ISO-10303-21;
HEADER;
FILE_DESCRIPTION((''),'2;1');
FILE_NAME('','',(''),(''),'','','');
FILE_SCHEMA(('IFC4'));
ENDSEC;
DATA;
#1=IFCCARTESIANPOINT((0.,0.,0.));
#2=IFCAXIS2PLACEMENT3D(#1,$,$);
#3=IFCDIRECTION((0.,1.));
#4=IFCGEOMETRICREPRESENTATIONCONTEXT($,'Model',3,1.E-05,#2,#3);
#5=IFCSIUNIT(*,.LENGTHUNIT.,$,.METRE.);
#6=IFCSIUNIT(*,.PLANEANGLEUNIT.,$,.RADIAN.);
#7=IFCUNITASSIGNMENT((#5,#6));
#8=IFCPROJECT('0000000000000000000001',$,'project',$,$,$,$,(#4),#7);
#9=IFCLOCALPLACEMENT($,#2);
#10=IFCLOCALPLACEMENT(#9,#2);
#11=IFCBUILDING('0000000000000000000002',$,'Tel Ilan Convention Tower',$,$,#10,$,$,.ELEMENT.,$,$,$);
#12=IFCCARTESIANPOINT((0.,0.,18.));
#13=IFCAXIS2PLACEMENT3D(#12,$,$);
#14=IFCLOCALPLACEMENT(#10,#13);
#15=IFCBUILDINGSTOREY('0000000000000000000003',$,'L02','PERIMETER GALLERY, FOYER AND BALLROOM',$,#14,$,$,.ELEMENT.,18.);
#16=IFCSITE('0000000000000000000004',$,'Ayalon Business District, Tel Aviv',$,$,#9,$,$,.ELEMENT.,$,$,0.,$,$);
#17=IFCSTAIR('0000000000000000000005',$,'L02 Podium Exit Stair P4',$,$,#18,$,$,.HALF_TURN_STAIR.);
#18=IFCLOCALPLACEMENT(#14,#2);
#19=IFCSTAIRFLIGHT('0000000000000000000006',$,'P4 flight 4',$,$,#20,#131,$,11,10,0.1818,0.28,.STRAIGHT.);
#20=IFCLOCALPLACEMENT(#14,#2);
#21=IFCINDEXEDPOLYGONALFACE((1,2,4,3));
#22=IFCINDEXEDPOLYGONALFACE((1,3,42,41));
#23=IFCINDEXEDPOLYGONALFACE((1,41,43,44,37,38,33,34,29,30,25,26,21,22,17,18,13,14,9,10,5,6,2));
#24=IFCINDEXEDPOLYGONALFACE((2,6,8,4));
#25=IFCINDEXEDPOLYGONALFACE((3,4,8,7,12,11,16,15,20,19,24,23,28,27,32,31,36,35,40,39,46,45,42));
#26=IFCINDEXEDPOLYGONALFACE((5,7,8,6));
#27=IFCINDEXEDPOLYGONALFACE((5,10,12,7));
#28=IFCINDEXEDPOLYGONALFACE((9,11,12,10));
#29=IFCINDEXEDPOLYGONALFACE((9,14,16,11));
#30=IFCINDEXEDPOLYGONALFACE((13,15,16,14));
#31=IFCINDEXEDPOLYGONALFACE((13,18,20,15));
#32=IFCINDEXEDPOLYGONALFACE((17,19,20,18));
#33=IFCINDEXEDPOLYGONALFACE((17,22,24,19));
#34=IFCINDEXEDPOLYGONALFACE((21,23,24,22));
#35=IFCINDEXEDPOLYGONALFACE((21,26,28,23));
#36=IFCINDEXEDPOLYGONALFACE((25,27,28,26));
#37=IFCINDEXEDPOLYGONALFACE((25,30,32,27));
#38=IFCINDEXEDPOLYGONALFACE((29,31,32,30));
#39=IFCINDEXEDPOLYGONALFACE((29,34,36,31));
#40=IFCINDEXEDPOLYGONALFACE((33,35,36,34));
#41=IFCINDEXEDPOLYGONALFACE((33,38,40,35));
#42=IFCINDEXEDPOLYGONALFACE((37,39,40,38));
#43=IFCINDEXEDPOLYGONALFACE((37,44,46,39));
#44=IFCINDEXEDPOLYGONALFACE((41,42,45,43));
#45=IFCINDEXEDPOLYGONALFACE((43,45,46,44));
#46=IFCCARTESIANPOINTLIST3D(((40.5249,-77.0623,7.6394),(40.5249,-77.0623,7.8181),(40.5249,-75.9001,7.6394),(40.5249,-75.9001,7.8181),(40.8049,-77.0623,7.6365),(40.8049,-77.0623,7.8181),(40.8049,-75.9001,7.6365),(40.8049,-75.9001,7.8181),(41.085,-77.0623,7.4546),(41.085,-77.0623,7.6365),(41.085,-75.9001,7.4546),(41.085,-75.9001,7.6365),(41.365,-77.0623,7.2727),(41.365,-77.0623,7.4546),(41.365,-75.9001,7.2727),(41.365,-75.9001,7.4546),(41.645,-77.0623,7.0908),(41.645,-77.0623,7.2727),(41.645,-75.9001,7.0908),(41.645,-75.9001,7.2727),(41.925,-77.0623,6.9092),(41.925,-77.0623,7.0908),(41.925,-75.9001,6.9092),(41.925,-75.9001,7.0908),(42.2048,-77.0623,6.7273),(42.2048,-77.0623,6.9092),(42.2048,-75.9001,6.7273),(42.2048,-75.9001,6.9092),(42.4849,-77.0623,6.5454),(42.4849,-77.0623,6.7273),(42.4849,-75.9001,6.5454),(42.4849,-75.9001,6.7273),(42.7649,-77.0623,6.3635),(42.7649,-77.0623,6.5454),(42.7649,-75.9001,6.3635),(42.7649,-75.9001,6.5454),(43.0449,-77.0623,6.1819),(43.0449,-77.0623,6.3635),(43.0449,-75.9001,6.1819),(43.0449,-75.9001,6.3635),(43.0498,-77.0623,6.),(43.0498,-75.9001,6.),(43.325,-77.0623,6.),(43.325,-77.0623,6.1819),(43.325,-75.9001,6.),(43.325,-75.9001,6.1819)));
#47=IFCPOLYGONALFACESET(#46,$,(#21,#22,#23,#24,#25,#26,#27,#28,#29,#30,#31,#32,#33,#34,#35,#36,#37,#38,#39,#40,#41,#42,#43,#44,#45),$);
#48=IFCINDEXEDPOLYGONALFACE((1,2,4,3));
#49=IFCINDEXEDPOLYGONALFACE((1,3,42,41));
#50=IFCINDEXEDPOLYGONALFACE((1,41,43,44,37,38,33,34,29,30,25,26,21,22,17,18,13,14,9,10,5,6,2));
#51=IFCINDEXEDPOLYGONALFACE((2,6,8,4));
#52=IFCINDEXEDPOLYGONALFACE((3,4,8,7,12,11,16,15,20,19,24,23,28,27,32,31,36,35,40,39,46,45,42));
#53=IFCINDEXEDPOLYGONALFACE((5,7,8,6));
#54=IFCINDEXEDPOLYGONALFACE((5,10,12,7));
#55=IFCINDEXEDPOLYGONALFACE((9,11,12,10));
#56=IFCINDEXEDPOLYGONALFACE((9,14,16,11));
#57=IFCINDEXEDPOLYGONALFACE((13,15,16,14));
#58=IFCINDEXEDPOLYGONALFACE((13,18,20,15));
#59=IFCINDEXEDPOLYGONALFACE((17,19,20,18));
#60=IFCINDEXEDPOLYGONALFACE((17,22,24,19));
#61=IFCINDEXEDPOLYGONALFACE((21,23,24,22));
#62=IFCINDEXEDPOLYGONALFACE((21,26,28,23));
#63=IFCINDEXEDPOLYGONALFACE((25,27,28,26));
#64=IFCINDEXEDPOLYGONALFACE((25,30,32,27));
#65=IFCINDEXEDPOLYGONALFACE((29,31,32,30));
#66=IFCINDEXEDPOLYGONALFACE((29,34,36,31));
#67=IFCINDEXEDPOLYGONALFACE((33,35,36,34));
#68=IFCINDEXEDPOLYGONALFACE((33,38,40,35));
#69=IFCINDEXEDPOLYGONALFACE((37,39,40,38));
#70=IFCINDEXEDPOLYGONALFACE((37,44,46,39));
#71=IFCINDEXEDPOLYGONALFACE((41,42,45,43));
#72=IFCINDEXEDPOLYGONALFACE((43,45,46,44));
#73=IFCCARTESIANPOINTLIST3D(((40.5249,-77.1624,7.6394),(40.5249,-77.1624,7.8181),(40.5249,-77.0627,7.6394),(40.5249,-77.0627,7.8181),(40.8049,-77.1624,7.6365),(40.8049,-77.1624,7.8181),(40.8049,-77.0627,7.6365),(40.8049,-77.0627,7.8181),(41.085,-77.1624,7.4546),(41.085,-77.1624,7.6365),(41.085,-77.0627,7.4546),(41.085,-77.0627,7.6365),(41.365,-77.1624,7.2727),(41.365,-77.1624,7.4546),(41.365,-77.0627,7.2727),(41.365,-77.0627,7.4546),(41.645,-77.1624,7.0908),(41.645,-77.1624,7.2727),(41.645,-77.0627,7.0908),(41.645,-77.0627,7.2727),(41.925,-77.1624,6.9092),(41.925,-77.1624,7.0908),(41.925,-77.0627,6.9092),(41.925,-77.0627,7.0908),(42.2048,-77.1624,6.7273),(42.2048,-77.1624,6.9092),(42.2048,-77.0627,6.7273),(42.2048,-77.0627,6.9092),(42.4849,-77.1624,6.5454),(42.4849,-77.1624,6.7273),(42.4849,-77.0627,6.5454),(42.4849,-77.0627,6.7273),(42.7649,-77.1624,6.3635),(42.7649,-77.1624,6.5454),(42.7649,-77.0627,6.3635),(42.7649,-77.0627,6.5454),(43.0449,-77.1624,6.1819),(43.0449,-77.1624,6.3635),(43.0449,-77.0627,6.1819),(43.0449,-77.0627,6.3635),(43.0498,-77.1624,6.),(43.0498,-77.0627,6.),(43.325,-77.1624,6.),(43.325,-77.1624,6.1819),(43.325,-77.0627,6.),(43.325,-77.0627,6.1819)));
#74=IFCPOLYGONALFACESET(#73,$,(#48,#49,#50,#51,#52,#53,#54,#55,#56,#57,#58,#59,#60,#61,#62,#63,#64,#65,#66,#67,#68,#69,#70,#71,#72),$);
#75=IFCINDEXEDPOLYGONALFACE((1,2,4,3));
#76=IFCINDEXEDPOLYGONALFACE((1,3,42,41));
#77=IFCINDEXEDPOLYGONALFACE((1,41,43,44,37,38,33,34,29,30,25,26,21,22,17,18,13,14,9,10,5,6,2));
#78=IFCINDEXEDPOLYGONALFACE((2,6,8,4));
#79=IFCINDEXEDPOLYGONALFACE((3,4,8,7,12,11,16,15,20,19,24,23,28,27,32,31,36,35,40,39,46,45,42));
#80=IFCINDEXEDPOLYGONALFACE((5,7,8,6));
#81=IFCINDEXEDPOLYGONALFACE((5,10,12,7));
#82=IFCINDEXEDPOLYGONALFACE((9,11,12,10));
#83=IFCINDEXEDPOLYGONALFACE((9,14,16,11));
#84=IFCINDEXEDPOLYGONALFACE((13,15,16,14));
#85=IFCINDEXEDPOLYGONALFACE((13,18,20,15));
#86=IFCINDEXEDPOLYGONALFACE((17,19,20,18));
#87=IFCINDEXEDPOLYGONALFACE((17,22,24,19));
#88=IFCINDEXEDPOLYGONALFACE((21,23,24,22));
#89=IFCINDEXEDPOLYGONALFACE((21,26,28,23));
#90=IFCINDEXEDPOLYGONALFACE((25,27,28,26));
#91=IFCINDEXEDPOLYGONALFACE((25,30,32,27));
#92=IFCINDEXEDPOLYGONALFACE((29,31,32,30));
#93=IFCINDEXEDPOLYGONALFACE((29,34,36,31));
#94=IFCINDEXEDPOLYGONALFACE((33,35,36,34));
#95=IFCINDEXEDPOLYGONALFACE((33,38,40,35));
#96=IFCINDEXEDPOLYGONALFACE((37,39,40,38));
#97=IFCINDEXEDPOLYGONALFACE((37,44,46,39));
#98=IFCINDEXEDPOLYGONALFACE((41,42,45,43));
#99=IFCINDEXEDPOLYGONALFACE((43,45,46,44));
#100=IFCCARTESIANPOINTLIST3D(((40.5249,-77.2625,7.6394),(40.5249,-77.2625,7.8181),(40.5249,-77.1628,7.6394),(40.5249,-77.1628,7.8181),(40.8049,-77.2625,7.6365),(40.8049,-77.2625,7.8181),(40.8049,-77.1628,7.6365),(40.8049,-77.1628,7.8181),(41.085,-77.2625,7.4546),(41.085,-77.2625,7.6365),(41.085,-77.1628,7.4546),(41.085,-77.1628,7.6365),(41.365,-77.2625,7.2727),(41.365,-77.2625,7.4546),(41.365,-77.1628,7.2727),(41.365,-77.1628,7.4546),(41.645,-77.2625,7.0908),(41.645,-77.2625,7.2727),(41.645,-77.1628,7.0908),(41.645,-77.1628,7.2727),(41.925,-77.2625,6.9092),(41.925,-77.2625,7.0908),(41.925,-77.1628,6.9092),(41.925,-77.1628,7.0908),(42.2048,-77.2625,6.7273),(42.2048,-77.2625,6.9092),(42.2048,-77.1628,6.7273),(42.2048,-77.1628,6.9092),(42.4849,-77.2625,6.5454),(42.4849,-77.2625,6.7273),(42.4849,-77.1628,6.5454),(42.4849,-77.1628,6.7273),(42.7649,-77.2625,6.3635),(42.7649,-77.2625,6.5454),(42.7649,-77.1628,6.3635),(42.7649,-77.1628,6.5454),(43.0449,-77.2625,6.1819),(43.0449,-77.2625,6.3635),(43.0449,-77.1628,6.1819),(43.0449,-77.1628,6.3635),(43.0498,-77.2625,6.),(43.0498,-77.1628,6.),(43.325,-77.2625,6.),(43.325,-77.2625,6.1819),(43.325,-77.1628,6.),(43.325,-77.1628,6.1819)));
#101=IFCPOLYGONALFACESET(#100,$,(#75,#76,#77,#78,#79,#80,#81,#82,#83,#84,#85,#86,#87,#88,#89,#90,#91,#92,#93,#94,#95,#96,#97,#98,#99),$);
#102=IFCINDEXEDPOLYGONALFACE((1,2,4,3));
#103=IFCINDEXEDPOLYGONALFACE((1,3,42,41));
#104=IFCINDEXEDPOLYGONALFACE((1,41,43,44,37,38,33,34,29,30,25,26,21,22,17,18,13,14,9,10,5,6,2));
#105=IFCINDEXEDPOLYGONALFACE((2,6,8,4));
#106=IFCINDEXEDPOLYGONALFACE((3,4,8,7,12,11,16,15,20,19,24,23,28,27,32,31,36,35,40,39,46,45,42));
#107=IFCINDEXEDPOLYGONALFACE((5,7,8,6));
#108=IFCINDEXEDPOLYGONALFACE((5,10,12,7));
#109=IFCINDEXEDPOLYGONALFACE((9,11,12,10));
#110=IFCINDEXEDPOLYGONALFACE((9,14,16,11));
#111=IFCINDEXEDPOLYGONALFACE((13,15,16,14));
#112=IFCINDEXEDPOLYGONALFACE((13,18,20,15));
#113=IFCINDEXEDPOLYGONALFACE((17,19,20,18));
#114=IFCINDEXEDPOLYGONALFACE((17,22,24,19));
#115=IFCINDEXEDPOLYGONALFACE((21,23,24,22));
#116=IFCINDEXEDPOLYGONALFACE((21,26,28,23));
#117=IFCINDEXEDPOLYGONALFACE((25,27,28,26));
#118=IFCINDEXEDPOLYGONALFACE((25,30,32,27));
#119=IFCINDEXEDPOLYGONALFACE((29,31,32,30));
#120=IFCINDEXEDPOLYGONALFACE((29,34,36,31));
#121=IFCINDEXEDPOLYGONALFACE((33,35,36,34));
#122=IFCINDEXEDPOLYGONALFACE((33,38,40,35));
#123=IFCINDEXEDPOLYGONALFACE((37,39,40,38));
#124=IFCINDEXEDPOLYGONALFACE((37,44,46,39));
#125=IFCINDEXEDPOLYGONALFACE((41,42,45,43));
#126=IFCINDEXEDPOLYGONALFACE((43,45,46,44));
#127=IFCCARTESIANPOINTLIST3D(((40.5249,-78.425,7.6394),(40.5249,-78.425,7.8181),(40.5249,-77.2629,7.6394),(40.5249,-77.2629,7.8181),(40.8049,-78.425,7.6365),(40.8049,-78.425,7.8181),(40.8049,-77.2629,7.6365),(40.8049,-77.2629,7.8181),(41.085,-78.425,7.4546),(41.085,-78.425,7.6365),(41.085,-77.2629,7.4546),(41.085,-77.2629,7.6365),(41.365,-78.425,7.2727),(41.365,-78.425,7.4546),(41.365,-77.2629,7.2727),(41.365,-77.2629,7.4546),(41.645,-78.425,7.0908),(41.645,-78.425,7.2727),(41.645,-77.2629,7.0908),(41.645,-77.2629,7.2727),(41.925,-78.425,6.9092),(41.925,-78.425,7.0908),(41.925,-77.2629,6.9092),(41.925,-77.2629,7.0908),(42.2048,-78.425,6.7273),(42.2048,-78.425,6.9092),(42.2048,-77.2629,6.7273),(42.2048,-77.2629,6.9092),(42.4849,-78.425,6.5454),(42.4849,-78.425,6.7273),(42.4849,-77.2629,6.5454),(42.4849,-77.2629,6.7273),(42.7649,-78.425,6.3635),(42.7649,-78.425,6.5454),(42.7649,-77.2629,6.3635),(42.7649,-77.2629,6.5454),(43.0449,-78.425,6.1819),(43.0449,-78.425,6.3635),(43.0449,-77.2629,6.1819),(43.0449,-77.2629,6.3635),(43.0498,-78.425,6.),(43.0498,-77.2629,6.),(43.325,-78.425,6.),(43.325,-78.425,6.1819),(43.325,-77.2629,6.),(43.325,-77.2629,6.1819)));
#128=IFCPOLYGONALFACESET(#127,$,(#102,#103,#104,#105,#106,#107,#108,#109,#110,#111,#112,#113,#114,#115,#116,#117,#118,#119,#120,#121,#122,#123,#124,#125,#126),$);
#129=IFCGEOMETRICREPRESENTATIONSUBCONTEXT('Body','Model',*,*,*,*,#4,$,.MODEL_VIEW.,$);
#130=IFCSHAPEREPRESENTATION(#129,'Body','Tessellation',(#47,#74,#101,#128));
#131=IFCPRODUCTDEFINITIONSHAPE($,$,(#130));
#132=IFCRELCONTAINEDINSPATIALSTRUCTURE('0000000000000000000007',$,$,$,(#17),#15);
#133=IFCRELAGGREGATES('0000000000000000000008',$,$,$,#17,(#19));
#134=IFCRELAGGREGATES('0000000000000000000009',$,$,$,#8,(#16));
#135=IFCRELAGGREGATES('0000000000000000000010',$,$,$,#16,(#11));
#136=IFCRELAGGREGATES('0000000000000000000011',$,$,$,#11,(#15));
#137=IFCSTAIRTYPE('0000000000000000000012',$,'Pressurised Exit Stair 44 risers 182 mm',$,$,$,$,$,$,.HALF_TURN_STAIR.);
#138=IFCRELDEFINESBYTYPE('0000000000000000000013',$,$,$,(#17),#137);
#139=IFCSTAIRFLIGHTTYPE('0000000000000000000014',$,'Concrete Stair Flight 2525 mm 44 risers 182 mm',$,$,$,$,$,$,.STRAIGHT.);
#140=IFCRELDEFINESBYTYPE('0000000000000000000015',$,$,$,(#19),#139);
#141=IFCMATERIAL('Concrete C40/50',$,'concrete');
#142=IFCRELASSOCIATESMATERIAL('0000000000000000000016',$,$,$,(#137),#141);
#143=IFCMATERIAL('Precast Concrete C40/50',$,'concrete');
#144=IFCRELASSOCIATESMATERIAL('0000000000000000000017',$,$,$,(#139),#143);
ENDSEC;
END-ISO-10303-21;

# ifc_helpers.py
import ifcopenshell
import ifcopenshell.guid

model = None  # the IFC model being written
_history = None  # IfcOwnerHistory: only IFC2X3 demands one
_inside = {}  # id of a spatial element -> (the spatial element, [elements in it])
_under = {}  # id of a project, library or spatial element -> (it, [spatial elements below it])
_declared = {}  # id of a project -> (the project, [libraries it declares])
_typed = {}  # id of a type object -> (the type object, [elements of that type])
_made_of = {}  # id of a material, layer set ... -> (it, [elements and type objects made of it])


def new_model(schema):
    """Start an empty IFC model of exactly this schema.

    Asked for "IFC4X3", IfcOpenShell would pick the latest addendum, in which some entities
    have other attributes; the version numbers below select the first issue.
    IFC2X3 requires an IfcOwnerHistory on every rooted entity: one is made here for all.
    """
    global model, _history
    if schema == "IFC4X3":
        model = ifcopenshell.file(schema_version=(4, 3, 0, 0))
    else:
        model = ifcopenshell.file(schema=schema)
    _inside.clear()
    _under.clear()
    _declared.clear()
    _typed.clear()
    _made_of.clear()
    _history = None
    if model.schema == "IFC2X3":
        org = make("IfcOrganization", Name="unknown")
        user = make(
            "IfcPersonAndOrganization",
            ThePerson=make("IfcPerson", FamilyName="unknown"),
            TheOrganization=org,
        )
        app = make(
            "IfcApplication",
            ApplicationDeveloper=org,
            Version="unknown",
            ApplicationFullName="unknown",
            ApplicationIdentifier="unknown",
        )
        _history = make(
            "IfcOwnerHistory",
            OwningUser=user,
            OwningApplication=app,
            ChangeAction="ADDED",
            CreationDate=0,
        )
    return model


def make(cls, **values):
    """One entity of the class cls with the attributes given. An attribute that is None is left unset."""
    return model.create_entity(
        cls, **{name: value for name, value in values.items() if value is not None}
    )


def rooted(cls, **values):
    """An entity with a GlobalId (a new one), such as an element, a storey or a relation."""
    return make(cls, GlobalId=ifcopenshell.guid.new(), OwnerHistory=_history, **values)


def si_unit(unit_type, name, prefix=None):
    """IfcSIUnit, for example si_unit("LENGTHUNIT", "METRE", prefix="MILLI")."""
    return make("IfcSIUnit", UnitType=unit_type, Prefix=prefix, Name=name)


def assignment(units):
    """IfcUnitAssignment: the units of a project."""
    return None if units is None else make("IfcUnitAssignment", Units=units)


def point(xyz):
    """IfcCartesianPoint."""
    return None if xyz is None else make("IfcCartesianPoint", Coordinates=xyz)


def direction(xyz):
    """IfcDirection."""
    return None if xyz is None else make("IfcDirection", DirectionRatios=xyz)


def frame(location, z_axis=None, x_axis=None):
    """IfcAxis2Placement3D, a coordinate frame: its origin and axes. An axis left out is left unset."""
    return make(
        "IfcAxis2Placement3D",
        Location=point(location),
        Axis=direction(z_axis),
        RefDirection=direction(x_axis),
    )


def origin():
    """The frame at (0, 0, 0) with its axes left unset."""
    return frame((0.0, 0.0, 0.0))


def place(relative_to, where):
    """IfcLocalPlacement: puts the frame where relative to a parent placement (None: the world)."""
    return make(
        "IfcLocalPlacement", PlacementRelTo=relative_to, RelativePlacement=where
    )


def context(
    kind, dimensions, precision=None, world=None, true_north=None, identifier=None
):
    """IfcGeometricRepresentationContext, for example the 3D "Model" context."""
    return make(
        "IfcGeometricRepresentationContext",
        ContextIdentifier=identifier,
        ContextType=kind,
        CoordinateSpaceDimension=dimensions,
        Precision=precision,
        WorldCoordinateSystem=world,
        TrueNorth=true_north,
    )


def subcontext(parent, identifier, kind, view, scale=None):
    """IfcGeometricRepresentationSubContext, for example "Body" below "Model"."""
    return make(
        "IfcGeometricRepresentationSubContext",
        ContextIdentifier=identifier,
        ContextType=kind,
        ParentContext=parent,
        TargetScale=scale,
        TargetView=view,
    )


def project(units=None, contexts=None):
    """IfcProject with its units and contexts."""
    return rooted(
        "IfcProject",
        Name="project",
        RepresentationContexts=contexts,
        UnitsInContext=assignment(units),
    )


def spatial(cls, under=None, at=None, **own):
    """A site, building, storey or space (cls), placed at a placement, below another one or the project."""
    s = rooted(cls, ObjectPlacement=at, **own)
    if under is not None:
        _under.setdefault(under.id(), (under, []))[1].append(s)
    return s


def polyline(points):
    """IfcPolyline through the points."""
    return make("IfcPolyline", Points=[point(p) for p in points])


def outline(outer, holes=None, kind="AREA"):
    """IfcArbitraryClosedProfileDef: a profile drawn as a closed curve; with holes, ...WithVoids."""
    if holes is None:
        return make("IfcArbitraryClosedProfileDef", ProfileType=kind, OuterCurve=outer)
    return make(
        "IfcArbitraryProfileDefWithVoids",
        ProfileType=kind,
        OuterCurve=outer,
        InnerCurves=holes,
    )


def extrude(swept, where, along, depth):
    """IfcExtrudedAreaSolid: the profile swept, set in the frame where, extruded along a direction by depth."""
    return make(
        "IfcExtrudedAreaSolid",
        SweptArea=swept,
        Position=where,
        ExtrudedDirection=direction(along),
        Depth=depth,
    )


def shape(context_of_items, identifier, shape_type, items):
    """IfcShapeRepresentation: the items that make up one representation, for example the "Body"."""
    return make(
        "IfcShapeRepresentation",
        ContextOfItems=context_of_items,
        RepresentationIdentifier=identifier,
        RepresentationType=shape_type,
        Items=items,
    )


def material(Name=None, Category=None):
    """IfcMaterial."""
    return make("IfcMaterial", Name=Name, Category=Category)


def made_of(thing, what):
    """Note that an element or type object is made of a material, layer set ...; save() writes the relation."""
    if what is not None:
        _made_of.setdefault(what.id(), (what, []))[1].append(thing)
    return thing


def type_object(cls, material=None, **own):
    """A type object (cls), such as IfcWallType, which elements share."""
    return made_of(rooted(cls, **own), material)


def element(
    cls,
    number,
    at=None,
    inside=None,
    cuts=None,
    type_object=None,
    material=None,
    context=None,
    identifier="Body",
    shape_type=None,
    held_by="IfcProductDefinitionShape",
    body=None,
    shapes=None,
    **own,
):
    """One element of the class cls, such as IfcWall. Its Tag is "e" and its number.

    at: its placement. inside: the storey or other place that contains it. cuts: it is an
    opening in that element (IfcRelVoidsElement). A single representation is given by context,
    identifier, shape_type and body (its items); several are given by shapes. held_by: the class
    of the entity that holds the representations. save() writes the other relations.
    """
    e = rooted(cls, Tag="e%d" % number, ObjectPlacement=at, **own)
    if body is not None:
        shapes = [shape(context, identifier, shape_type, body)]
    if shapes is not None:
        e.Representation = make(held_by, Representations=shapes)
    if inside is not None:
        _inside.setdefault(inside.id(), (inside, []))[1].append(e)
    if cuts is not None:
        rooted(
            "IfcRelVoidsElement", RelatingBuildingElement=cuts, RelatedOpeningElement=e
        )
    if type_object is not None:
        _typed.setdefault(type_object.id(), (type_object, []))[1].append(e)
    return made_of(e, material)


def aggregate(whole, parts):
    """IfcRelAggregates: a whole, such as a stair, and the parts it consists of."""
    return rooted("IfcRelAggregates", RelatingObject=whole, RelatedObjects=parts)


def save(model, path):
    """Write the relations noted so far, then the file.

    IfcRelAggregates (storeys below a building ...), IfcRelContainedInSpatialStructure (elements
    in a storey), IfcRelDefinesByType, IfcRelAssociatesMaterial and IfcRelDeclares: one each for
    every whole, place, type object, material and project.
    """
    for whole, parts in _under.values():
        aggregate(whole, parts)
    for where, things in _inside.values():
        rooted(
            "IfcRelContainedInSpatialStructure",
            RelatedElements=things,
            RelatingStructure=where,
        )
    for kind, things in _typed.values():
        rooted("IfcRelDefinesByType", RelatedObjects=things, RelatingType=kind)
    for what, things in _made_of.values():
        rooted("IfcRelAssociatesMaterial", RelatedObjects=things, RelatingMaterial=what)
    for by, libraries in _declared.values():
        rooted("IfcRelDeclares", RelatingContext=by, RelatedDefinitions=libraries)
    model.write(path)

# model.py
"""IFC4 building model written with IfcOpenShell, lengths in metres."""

from ifc_helpers import new_model, si_unit, direction, frame, origin, place, context, subcontext, project, spatial, polyline, outline, extrude, material, type_object, element, aggregate, save


model = new_model("IFC4")

# Units and contexts
model_context = context("Model", 3, precision=1e-05, world=origin(), true_north=direction((0.0, 1.0)))
body_context = subcontext(model_context, "Body", "Model", "MODEL_VIEW")
ifc_project = project(units=[si_unit("LENGTHUNIT", "METRE"), si_unit("PLANEANGLEUNIT", "RADIAN")], contexts=[model_context])

# Site, building, storey
site_placement = place(None, origin())
site = spatial("IfcSite", under=ifc_project, at=site_placement, Name="Ayalon Business District, Tel Aviv", CompositionType="ELEMENT", RefElevation=0.0)
building_placement = place(site_placement, origin())
building = spatial("IfcBuilding", under=site, at=building_placement, Name="Tel Ilan Convention Tower", CompositionType="ELEMENT")
storey_placement = place(building_placement, frame((0.0, 0.0, 18.0)))
storey = spatial("IfcBuildingStorey", under=building, at=storey_placement, Name="L02", Description="PERIMETER GALLERY, FOYER AND BALLROOM", CompositionType="ELEMENT", Elevation=18.0)

# Stair, stair flight
ifc_material_1 = material(Name="Concrete C40/50", Category="concrete")
stair_type = type_object("IfcStairType", Name="Pressurised Exit Stair 44 risers 182 mm", PredefinedType="HALF_TURN_STAIR", material=ifc_material_1)
stair_1_placement = place(storey_placement, origin())
stair_1 = element("IfcStair", 1, at=stair_1_placement, inside=storey, type_object=stair_type, Name="L02 Podium Exit Stair P4", PredefinedType="HALF_TURN_STAIR")
ifc_material_2 = material(Name="Precast Concrete C40/50", Category="concrete")
stair_flight_type = type_object("IfcStairFlightType", Name="Concrete Stair Flight 2525 mm 44 risers 182 mm", PredefinedType="STRAIGHT", material=ifc_material_2)
stair_flight_1_placement = place(storey_placement, frame((43.325, -77.1626, 6.0), z_axis=(0.0, 0.0, 1.0), x_axis=(-1.0, 0.0, 0.0)))
stair_flight_1 = element("IfcStairFlight", 2, at=stair_flight_1_placement, type_object=stair_flight_type, Name="P4 flight 4", NumberOfRisers=11, NumberOfTreads=10, PredefinedType="STRAIGHT", RiserHeight=0.1818, TreadLength=0.28, context=body_context, shape_type="SweptSolid", body=[
    extrude(outline(polyline([(0.0, 0.0), (0.0, 0.1819), (0.28, 0.1819), (0.28, 0.3635), (0.5601, 0.3635), (0.5601, 0.5454), (0.8401, 0.5454), (0.8401, 0.7273), (1.1201, 0.7273), (1.1201, 0.9092), (1.3999, 0.9092), (1.3999, 1.0908), (1.6799, 1.0908), (1.6799, 1.2727), (1.96, 1.2727), (1.96, 1.4546), (2.24, 1.4546), (2.24, 1.6365), (2.52, 1.6365), (2.52, 1.8181), (2.8, 1.8181), (2.8, 2.0), (2.8, 1.6394), (0.2751, 0.0), (0.0, 0.0)])), frame((0.0, -0.1003, 0.0), z_axis=(0.0, -1.0, 0.0), x_axis=(1.0, 0.0, 0.0)), (0.0, 0.0, 1.0), 1.1621),
    extrude(outline(polyline([(0.0, 0.0), (0.0, 0.1819), (0.28, 0.1819), (0.28, 0.3635), (0.5601, 0.3635), (0.5601, 0.5454), (0.8401, 0.5454), (0.8401, 0.7273), (1.1201, 0.7273), (1.1201, 0.9092), (1.3999, 0.9092), (1.3999, 1.0908), (1.6799, 1.0908), (1.6799, 1.2727), (1.96, 1.2727), (1.96, 1.4546), (2.24, 1.4546), (2.24, 1.6365), (2.52, 1.6365), (2.52, 1.8181), (2.8, 1.8181), (2.8, 2.0), (2.8, 1.6394), (0.2751, 0.0), (0.0, 0.0)])), frame((0.0, -0.0002, 0.0), z_axis=(0.0, -1.0, 0.0), x_axis=(1.0, 0.0, 0.0)), (0.0, 0.0, 1.0), 0.0996),
    extrude(outline(polyline([(0.0, 0.0), (0.0, 0.1819), (0.28, 0.1819), (0.28, 0.3635), (0.5601, 0.3635), (0.5601, 0.5454), (0.8401, 0.5454), (0.8401, 0.7273), (1.1201, 0.7273), (1.1201, 0.9092), (1.3999, 0.9092), (1.3999, 1.0908), (1.6799, 1.0908), (1.6799, 1.2727), (1.96, 1.2727), (1.96, 1.4546), (2.24, 1.4546), (2.24, 1.6365), (2.52, 1.6365), (2.52, 1.8181), (2.8, 1.8181), (2.8, 2.0), (2.8, 1.6394), (0.2751, 0.0), (0.0, 0.0)])), frame((0.0, 0.0999, 0.0), z_axis=(0.0, -1.0, 0.0), x_axis=(1.0, 0.0, 0.0)), (0.0, 0.0, 1.0), 0.0996),
    extrude(outline(polyline([(0.0, 0.0), (0.0, 0.1819), (0.28, 0.1819), (0.28, 0.3635), (0.5601, 0.3635), (0.5601, 0.5454), (0.8401, 0.5454), (0.8401, 0.7273), (1.1201, 0.7273), (1.1201, 0.9092), (1.3999, 0.9092), (1.3999, 1.0908), (1.6799, 1.0908), (1.6799, 1.2727), (1.96, 1.2727), (1.96, 1.4546), (2.24, 1.4546), (2.24, 1.6365), (2.52, 1.6365), (2.52, 1.8181), (2.8, 1.8181), (2.8, 2.0), (2.8, 1.6394), (0.2751, 0.0), (0.0, 0.0)])), frame((0.0, 1.2625, 0.0), z_axis=(0.0, -1.0, 0.0), x_axis=(1.0, 0.0, 0.0)), (0.0, 0.0, 1.0), 1.1621),
])
aggregate(stair_1, [stair_flight_1])

save(model, "model.ifc")
